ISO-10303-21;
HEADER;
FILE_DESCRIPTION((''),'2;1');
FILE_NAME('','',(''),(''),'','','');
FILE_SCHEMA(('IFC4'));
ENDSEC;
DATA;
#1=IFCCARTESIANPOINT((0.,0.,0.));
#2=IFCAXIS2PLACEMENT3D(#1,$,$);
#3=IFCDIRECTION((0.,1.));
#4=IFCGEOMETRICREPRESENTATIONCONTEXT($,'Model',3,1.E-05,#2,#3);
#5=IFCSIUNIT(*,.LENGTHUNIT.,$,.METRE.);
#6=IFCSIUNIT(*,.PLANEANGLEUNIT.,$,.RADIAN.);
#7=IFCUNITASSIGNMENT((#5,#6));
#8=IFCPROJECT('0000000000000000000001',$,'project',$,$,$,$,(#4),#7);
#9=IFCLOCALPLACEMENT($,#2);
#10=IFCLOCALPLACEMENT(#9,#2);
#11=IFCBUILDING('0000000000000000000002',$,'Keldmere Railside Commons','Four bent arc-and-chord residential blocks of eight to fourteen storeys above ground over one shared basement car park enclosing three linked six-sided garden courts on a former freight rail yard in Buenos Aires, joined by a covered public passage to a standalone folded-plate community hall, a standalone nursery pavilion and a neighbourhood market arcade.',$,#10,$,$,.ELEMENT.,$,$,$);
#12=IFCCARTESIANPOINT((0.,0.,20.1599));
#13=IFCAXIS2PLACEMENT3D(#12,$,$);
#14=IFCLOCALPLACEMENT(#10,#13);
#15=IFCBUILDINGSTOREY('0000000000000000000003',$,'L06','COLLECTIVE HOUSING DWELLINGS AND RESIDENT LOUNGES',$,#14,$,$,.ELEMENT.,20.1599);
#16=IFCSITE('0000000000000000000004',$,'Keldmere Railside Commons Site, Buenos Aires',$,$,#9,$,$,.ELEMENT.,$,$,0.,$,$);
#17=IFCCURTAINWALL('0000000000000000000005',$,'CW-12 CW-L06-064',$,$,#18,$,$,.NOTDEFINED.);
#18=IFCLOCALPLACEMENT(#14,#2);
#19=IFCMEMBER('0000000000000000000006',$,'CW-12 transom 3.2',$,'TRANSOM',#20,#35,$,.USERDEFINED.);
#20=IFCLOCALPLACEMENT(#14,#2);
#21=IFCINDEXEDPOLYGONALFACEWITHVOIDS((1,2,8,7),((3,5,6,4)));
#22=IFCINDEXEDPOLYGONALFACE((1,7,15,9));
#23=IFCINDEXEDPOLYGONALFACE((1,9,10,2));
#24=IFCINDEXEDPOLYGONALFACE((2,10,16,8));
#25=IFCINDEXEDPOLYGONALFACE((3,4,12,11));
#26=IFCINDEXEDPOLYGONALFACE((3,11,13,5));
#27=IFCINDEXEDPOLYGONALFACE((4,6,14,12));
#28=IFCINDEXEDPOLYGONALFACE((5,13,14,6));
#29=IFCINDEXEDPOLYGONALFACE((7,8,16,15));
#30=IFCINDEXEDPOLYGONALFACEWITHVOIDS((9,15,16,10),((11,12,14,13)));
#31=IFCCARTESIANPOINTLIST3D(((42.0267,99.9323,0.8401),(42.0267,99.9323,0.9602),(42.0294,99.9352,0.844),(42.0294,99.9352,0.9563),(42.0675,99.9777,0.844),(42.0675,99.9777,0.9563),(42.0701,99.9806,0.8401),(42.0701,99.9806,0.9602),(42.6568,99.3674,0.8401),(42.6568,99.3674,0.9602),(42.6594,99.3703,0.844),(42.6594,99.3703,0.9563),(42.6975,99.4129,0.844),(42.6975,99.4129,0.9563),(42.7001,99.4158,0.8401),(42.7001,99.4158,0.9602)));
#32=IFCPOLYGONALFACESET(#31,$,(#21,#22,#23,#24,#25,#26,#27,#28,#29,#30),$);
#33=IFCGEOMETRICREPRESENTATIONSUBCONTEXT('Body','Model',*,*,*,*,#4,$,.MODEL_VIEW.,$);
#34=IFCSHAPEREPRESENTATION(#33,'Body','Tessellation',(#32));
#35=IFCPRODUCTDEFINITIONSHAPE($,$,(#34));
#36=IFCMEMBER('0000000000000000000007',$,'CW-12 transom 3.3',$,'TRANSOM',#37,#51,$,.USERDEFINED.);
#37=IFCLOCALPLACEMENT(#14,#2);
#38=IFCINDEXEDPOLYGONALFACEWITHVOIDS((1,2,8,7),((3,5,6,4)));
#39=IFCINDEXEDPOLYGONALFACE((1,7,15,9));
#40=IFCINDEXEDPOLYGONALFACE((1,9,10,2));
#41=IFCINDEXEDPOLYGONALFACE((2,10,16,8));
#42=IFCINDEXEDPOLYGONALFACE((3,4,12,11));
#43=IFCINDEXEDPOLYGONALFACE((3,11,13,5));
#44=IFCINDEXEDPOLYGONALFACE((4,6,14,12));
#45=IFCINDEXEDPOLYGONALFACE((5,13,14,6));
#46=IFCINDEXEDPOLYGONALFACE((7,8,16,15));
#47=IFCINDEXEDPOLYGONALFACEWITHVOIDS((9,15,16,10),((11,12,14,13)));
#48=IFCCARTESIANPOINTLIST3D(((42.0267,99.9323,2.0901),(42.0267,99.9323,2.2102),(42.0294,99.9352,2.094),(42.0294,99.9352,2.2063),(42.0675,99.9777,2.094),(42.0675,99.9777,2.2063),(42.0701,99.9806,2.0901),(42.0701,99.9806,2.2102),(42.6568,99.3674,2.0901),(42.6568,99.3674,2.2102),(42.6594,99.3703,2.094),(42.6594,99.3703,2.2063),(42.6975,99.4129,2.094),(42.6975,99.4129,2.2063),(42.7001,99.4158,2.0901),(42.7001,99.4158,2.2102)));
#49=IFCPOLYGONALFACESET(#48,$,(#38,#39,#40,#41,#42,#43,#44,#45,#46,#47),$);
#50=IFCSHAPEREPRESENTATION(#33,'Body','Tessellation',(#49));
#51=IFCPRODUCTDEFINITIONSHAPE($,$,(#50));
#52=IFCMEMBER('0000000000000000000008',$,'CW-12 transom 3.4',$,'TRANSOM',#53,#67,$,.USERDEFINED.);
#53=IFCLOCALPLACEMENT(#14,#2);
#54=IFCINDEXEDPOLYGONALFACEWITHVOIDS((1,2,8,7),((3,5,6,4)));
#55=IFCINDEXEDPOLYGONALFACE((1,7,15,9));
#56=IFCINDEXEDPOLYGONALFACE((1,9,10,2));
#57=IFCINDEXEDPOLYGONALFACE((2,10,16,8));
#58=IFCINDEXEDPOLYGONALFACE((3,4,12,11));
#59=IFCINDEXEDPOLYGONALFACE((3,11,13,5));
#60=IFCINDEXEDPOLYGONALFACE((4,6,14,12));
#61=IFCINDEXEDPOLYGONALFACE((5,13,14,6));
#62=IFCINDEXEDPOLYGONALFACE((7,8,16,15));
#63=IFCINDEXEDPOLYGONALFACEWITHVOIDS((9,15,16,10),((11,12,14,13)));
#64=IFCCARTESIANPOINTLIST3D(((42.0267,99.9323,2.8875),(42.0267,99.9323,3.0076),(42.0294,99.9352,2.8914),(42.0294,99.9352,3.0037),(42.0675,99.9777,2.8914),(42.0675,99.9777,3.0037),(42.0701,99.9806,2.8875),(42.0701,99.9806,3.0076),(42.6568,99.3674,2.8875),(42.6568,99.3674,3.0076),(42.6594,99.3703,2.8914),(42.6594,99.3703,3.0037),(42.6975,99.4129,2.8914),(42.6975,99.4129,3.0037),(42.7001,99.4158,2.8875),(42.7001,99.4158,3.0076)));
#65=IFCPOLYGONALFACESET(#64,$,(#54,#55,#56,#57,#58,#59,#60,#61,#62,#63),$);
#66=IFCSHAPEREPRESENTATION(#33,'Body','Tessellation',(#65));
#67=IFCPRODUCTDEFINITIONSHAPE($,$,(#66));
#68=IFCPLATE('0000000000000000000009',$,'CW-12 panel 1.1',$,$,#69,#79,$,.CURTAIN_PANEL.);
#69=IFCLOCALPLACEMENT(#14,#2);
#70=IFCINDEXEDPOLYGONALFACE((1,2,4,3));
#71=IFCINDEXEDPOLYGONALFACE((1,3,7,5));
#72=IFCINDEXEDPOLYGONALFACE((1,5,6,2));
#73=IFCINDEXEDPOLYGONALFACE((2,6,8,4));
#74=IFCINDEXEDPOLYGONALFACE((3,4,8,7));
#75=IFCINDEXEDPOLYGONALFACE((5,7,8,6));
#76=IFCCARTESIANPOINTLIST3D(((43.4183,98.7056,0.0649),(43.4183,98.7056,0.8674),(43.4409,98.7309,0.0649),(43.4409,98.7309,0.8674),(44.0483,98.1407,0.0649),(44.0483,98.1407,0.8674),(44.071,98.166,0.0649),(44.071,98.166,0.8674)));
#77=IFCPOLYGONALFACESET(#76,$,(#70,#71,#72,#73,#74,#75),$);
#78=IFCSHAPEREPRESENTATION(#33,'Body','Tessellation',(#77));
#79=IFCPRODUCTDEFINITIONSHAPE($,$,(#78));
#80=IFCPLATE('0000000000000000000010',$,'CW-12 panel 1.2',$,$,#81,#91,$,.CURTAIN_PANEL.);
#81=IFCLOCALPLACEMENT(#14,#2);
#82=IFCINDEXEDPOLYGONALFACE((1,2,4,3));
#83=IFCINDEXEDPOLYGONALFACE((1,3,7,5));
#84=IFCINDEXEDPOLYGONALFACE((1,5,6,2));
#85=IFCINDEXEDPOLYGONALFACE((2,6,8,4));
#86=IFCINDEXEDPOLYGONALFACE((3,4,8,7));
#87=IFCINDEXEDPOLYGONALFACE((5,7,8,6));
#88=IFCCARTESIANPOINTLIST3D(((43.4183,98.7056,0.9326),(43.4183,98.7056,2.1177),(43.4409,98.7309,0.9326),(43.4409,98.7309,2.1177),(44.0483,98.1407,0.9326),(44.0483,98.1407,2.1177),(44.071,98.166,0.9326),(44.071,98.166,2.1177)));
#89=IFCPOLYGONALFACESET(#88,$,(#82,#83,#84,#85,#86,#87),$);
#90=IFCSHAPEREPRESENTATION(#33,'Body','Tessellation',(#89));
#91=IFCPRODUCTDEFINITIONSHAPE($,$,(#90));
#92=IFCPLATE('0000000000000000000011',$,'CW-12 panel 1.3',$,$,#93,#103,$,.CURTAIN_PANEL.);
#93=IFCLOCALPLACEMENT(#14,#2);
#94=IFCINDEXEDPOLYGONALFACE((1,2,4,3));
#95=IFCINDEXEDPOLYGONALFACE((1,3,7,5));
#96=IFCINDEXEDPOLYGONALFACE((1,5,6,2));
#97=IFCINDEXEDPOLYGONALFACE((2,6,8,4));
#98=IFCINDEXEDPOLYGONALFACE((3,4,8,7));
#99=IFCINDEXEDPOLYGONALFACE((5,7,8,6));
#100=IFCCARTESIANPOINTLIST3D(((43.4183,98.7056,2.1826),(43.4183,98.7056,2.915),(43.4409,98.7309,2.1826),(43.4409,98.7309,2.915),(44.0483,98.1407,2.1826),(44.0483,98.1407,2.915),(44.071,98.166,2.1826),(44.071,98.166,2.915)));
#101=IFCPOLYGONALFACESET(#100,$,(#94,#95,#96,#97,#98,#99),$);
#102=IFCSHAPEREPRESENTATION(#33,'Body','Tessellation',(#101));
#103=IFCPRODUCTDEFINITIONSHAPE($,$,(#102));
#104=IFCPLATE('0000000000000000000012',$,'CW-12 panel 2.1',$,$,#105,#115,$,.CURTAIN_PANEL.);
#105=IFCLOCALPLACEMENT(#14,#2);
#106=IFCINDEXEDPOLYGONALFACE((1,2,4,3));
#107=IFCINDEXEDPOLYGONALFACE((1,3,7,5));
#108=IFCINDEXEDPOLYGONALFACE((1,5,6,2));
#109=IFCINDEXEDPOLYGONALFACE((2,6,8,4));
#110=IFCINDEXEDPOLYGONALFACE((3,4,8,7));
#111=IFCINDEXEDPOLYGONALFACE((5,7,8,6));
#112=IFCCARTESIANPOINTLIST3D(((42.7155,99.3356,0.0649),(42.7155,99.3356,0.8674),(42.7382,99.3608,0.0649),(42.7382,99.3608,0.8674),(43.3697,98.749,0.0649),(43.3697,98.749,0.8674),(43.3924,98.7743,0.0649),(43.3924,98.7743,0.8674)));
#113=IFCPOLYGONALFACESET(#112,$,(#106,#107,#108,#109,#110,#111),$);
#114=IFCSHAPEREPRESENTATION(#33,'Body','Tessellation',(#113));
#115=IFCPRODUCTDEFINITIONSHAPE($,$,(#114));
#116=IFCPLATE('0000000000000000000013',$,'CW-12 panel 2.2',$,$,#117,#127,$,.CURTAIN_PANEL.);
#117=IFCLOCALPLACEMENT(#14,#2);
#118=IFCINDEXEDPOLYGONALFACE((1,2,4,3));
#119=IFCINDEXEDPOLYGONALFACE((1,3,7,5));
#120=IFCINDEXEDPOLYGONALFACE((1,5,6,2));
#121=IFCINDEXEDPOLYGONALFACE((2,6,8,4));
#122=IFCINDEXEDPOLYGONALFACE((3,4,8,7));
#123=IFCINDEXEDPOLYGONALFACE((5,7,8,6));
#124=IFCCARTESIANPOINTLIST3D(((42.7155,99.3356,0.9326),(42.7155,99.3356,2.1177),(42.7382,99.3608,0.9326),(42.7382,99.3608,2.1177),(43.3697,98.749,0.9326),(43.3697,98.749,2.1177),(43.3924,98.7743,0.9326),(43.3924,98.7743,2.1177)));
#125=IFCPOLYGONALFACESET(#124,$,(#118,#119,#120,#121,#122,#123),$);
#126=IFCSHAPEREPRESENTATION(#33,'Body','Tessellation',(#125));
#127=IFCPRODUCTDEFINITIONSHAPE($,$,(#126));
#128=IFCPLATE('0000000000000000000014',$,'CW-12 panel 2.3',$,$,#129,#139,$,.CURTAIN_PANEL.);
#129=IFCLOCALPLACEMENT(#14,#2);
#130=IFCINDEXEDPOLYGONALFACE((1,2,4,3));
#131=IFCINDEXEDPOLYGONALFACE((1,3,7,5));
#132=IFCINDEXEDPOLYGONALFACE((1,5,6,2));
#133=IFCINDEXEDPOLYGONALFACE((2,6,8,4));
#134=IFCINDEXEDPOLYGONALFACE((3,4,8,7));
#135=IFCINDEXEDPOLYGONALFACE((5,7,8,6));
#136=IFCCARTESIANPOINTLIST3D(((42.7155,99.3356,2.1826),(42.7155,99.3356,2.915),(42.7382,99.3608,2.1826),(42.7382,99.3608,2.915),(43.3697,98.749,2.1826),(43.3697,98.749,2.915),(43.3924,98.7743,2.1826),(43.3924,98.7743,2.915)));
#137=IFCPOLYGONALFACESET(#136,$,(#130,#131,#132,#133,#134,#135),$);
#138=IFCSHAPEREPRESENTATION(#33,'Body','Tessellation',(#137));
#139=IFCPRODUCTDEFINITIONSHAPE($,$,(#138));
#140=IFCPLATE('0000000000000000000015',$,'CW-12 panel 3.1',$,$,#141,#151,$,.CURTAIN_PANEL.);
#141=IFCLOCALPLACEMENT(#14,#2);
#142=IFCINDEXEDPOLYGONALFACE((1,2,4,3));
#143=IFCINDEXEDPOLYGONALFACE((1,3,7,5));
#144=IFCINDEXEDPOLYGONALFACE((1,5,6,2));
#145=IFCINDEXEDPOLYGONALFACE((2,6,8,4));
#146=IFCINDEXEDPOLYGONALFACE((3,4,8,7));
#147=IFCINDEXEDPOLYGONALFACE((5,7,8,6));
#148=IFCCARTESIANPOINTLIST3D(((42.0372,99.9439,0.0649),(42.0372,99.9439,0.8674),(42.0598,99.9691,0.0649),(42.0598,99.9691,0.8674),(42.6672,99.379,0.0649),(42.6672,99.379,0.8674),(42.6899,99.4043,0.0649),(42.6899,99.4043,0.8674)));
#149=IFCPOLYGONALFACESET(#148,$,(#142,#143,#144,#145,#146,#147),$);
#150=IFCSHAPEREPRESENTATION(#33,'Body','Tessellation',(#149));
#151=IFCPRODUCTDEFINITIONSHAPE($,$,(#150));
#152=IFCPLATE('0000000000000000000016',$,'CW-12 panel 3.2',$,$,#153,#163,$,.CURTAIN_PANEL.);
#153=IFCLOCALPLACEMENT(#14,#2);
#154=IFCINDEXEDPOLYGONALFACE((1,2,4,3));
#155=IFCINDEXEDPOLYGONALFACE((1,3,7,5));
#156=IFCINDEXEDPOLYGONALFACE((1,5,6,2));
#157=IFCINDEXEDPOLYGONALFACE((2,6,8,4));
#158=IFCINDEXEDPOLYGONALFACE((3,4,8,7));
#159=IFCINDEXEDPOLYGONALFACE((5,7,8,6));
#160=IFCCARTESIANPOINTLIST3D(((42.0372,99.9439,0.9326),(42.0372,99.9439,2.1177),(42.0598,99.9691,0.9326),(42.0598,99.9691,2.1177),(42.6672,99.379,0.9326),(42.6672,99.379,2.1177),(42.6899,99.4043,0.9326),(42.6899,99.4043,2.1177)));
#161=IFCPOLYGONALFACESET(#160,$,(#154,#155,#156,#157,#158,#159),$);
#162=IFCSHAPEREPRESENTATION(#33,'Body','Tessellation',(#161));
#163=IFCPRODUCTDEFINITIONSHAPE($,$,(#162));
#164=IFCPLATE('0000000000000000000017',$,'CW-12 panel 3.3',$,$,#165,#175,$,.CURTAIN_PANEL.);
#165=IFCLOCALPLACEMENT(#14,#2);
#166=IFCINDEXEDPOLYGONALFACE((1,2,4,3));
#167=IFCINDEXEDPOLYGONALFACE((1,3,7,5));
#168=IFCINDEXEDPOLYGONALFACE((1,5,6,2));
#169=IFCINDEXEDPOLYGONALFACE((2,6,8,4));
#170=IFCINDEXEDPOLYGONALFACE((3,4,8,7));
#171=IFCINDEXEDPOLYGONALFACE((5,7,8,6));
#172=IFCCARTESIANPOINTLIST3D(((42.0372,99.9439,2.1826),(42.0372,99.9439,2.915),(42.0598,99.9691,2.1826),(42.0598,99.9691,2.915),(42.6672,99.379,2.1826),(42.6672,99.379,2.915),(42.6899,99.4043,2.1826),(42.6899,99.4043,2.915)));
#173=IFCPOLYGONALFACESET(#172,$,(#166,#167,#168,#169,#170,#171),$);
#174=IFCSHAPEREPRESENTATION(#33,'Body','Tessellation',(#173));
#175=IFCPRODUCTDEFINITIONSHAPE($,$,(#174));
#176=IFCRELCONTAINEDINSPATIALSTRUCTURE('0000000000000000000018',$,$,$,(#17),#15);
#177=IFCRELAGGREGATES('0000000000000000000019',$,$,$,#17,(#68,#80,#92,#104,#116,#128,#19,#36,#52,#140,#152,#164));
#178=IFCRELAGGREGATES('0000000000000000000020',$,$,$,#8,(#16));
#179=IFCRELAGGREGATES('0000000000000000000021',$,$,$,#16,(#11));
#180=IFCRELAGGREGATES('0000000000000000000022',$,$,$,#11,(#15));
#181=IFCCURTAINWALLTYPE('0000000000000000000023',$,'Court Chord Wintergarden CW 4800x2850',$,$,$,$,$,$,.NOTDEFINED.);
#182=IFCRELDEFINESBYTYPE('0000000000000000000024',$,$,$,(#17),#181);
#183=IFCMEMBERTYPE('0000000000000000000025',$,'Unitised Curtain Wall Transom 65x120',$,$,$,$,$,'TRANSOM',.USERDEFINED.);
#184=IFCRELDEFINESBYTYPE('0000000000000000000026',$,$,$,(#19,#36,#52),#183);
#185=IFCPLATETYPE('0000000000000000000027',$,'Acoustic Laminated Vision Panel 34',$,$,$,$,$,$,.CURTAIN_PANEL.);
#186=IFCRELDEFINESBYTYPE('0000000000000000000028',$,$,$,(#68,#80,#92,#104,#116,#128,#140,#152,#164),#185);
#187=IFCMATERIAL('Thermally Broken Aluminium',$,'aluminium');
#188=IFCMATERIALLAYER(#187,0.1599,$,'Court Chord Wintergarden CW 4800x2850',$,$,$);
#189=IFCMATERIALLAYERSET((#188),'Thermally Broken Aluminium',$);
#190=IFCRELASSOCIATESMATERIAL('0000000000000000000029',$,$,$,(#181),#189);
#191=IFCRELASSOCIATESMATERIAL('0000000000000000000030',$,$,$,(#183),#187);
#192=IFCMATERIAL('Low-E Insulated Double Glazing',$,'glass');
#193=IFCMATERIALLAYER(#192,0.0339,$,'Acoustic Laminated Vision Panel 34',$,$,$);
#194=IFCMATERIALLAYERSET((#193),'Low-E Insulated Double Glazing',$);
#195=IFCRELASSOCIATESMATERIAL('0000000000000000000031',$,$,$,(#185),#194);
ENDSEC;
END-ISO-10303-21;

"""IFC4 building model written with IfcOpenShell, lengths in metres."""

from ifc_helpers import new_model, si_unit, direction, frame, origin, origin_2d, place, context, subcontext, project, spatial, rectangle, hollow_rectangle, extrude, material, layer, layer_set, material_profile, profile_set, type_object, element, aggregate, save


model = new_model("IFC4")

# Units and contexts
model_context = context("Model", 3, precision=1e-05, world=origin(), true_north=direction((0.0, 1.0)))
body_context = subcontext(model_context, "Body", "Model", "MODEL_VIEW")
ifc_project = project(units=[si_unit("LENGTHUNIT", "METRE"), si_unit("PLANEANGLEUNIT", "RADIAN")], contexts=[model_context])

# Site, building, storey
site_placement = place(None, origin())
site = spatial("IfcSite", under=ifc_project, at=site_placement, Name="Keldmere Railside Commons Site, Buenos Aires", CompositionType="ELEMENT", RefElevation=0.0)
building_placement = place(site_placement, origin())
building = spatial("IfcBuilding", under=site, at=building_placement, Name="Keldmere Railside Commons", Description="Four bent arc-and-chord residential blocks of eight to fourteen storeys above ground over one shared basement car park enclosing three linked six-sided garden courts on a former freight rail yard in Buenos Aires, joined by a covered public passage to a standalone folded-plate community hall, a standalone nursery pavilion and a neighbourhood market arcade.", CompositionType="ELEMENT")
storey_placement = place(building_placement, frame((0.0, 0.0, 20.1599)))
storey = spatial("IfcBuildingStorey", under=building, at=storey_placement, Name="L06", Description="COLLECTIVE HOUSING DWELLINGS AND RESIDENT LOUNGES", CompositionType="ELEMENT", Elevation=20.1599)

# Curtain wall, members, plates
ifc_material_1 = material(Name="Thermally Broken Aluminium", Category="aluminium")
ifc_layer_1 = layer(ifc_material_1, 0.1599, Name="Court Chord Wintergarden CW 4800x2850")
ifc_layer_set_1 = layer_set([ifc_layer_1], Name="Thermally Broken Aluminium")
curtain_wall_type = type_object("IfcCurtainWallType", Name="Court Chord Wintergarden CW 4800x2850", PredefinedType="NOTDEFINED", material=ifc_layer_set_1)
curtain_wall_placement = place(storey_placement, origin())
curtain_wall = element("IfcCurtainWall", 1, at=curtain_wall_placement, inside=storey, type_object=curtain_wall_type, Name="CW-12 CW-L06-064", PredefinedType="NOTDEFINED")
ifc_material_profile_1 = material_profile(ifc_material_1, hollow_rectangle(XDim=0.0649, YDim=0.1201, WallThickness=0.0039, at=origin_2d()), Name="ALU-TRAN-65x120")
ifc_profile_set_1 = profile_set([ifc_material_profile_1], Name="Thermally Broken Aluminium")
member_type_1 = type_object("IfcMemberType", Name="Unitised Curtain Wall Transom 65x120", ElementType="TRANSOM", PredefinedType="USERDEFINED", material=ifc_profile_set_1)
member_1_placement = place(storey_placement, frame((42.6785, 99.3916, 0.9001), z_axis=(-0.744569, 0.667545, 0.0), x_axis=(-0.667545, -0.744569, 0.0)))
member_1 = element("IfcMember", 2, at=member_1_placement, type_object=member_type_1, Name="CW-12 transom 3.2", ObjectType="TRANSOM", PredefinedType="USERDEFINED", context=body_context, shape_type="SweptSolid", body=[
    extrude(hollow_rectangle(XDim=0.0649, YDim=0.1201, WallThickness=0.0039, at=origin_2d()), origin(), (0.0, 0.0, 1.0), 0.8462),
])
member_2_placement = place(storey_placement, frame((42.6785, 99.3916, 2.1501), z_axis=(-0.744569, 0.667545, 0.0), x_axis=(-0.667545, -0.744569, 0.0)))
member_2 = element("IfcMember", 3, at=member_2_placement, type_object=member_type_1, Name="CW-12 transom 3.3", ObjectType="TRANSOM", PredefinedType="USERDEFINED", context=body_context, shape_type="SweptSolid", body=[
    extrude(hollow_rectangle(XDim=0.0649, YDim=0.1201, WallThickness=0.0039, at=origin_2d()), origin(), (0.0, 0.0, 1.0), 0.8462),
])
member_3_placement = place(storey_placement, frame((42.6785, 99.3916, 2.9475), z_axis=(-0.744569, 0.667545, 0.0), x_axis=(-0.667545, -0.744569, 0.0)))
member_3 = element("IfcMember", 4, at=member_3_placement, type_object=member_type_1, Name="CW-12 transom 3.4", ObjectType="TRANSOM", PredefinedType="USERDEFINED", context=body_context, shape_type="SweptSolid", body=[
    extrude(hollow_rectangle(XDim=0.0649, YDim=0.1201, WallThickness=0.0039, at=origin_2d()), origin(), (0.0, 0.0, 1.0), 0.8462),
])
ifc_material_2 = material(Name="Low-E Insulated Double Glazing", Category="glass")
ifc_layer_2 = layer(ifc_material_2, 0.0339, Name="Acoustic Laminated Vision Panel 34")
ifc_layer_set_2 = layer_set([ifc_layer_2], Name="Low-E Insulated Double Glazing")
plate_type = type_object("IfcPlateType", Name="Acoustic Laminated Vision Panel 34", PredefinedType="CURTAIN_PANEL", material=ifc_layer_set_2)
plate_1_placement = place(storey_placement, frame((43.7446, 98.4358, 0.0649), z_axis=(0.0, 0.0, 1.0), x_axis=(-0.744557, 0.667559, 0.0)))
plate_1 = element("IfcPlate", 5, at=plate_1_placement, type_object=plate_type, Name="CW-12 panel 1.1", PredefinedType="CURTAIN_PANEL", context=body_context, shape_type="SweptSolid", body=[
    extrude(rectangle(XDim=0.8462, YDim=0.0339, at=origin_2d()), origin(), (0.0, 0.0, 1.0), 0.8025),
])
plate_2_placement = place(storey_placement, frame((43.7446, 98.4358, 0.9326), z_axis=(0.0, 0.0, 1.0), x_axis=(-0.744557, 0.667559, 0.0)))
plate_2 = element("IfcPlate", 6, at=plate_2_placement, type_object=plate_type, Name="CW-12 panel 1.2", PredefinedType="CURTAIN_PANEL", context=body_context, shape_type="SweptSolid", body=[
    extrude(rectangle(XDim=0.8462, YDim=0.0339, at=origin_2d()), origin(), (0.0, 0.0, 1.0), 1.1851),
])
plate_3_placement = place(storey_placement, frame((43.7446, 98.4358, 2.1826), z_axis=(0.0, 0.0, 1.0), x_axis=(-0.744557, 0.667559, 0.0)))
plate_3 = element("IfcPlate", 7, at=plate_3_placement, type_object=plate_type, Name="CW-12 panel 1.3", PredefinedType="CURTAIN_PANEL", context=body_context, shape_type="SweptSolid", body=[
    extrude(rectangle(XDim=0.8462, YDim=0.0339, at=origin_2d()), origin(), (0.0, 0.0, 1.0), 0.7324),
])
plate_4_placement = place(storey_placement, frame((43.054, 99.0549, 0.0649), z_axis=(0.0, 0.0, 1.0), x_axis=(-0.744557, 0.667559, 0.0)))
plate_4 = element("IfcPlate", 8, at=plate_4_placement, type_object=plate_type, Name="CW-12 panel 2.1", PredefinedType="CURTAIN_PANEL", context=body_context, shape_type="SweptSolid", body=[
    extrude(rectangle(XDim=0.8787, YDim=0.0339, at=origin_2d()), origin(), (0.0, 0.0, 1.0), 0.8025),
])
plate_5_placement = place(storey_placement, frame((43.054, 99.0549, 0.9326), z_axis=(0.0, 0.0, 1.0), x_axis=(-0.744557, 0.667559, 0.0)))
plate_5 = element("IfcPlate", 9, at=plate_5_placement, type_object=plate_type, Name="CW-12 panel 2.2", PredefinedType="CURTAIN_PANEL", context=body_context, shape_type="SweptSolid", body=[
    extrude(rectangle(XDim=0.8787, YDim=0.0339, at=origin_2d()), origin(), (0.0, 0.0, 1.0), 1.1851),
])
plate_6_placement = place(storey_placement, frame((43.054, 99.0549, 2.1826), z_axis=(0.0, 0.0, 1.0), x_axis=(-0.744557, 0.667559, 0.0)))
plate_6 = element("IfcPlate", 10, at=plate_6_placement, type_object=plate_type, Name="CW-12 panel 2.3", PredefinedType="CURTAIN_PANEL", context=body_context, shape_type="SweptSolid", body=[
    extrude(rectangle(XDim=0.8787, YDim=0.0339, at=origin_2d()), origin(), (0.0, 0.0, 1.0), 0.7324),
])
plate_7_placement = place(storey_placement, frame((42.3635, 99.6741, 0.0649), z_axis=(0.0, 0.0, 1.0), x_axis=(-0.744557, 0.667559, 0.0)))
plate_7 = element("IfcPlate", 11, at=plate_7_placement, type_object=plate_type, Name="CW-12 panel 3.1", PredefinedType="CURTAIN_PANEL", context=body_context, shape_type="SweptSolid", body=[
    extrude(rectangle(XDim=0.8462, YDim=0.0339, at=origin_2d()), origin(), (0.0, 0.0, 1.0), 0.8025),
])
plate_8_placement = place(storey_placement, frame((42.3635, 99.6741, 0.9326), z_axis=(0.0, 0.0, 1.0), x_axis=(-0.744557, 0.667559, 0.0)))
plate_8 = element("IfcPlate", 12, at=plate_8_placement, type_object=plate_type, Name="CW-12 panel 3.2", PredefinedType="CURTAIN_PANEL", context=body_context, shape_type="SweptSolid", body=[
    extrude(rectangle(XDim=0.8462, YDim=0.0339, at=origin_2d()), origin(), (0.0, 0.0, 1.0), 1.1851),
])
plate_9_placement = place(storey_placement, frame((42.3635, 99.6741, 2.1826), z_axis=(0.0, 0.0, 1.0), x_axis=(-0.744557, 0.667559, 0.0)))
plate_9 = element("IfcPlate", 13, at=plate_9_placement, type_object=plate_type, Name="CW-12 panel 3.3", PredefinedType="CURTAIN_PANEL", context=body_context, shape_type="SweptSolid", body=[
    extrude(rectangle(XDim=0.8462, YDim=0.0339, at=origin_2d()), origin(), (0.0, 0.0, 1.0), 0.7324),
])
aggregate(curtain_wall, [plate_1, plate_2, plate_3, plate_4, plate_5, plate_6, member_1, member_2, member_3, plate_7, plate_8, plate_9])

save(model, "model.ifc")
